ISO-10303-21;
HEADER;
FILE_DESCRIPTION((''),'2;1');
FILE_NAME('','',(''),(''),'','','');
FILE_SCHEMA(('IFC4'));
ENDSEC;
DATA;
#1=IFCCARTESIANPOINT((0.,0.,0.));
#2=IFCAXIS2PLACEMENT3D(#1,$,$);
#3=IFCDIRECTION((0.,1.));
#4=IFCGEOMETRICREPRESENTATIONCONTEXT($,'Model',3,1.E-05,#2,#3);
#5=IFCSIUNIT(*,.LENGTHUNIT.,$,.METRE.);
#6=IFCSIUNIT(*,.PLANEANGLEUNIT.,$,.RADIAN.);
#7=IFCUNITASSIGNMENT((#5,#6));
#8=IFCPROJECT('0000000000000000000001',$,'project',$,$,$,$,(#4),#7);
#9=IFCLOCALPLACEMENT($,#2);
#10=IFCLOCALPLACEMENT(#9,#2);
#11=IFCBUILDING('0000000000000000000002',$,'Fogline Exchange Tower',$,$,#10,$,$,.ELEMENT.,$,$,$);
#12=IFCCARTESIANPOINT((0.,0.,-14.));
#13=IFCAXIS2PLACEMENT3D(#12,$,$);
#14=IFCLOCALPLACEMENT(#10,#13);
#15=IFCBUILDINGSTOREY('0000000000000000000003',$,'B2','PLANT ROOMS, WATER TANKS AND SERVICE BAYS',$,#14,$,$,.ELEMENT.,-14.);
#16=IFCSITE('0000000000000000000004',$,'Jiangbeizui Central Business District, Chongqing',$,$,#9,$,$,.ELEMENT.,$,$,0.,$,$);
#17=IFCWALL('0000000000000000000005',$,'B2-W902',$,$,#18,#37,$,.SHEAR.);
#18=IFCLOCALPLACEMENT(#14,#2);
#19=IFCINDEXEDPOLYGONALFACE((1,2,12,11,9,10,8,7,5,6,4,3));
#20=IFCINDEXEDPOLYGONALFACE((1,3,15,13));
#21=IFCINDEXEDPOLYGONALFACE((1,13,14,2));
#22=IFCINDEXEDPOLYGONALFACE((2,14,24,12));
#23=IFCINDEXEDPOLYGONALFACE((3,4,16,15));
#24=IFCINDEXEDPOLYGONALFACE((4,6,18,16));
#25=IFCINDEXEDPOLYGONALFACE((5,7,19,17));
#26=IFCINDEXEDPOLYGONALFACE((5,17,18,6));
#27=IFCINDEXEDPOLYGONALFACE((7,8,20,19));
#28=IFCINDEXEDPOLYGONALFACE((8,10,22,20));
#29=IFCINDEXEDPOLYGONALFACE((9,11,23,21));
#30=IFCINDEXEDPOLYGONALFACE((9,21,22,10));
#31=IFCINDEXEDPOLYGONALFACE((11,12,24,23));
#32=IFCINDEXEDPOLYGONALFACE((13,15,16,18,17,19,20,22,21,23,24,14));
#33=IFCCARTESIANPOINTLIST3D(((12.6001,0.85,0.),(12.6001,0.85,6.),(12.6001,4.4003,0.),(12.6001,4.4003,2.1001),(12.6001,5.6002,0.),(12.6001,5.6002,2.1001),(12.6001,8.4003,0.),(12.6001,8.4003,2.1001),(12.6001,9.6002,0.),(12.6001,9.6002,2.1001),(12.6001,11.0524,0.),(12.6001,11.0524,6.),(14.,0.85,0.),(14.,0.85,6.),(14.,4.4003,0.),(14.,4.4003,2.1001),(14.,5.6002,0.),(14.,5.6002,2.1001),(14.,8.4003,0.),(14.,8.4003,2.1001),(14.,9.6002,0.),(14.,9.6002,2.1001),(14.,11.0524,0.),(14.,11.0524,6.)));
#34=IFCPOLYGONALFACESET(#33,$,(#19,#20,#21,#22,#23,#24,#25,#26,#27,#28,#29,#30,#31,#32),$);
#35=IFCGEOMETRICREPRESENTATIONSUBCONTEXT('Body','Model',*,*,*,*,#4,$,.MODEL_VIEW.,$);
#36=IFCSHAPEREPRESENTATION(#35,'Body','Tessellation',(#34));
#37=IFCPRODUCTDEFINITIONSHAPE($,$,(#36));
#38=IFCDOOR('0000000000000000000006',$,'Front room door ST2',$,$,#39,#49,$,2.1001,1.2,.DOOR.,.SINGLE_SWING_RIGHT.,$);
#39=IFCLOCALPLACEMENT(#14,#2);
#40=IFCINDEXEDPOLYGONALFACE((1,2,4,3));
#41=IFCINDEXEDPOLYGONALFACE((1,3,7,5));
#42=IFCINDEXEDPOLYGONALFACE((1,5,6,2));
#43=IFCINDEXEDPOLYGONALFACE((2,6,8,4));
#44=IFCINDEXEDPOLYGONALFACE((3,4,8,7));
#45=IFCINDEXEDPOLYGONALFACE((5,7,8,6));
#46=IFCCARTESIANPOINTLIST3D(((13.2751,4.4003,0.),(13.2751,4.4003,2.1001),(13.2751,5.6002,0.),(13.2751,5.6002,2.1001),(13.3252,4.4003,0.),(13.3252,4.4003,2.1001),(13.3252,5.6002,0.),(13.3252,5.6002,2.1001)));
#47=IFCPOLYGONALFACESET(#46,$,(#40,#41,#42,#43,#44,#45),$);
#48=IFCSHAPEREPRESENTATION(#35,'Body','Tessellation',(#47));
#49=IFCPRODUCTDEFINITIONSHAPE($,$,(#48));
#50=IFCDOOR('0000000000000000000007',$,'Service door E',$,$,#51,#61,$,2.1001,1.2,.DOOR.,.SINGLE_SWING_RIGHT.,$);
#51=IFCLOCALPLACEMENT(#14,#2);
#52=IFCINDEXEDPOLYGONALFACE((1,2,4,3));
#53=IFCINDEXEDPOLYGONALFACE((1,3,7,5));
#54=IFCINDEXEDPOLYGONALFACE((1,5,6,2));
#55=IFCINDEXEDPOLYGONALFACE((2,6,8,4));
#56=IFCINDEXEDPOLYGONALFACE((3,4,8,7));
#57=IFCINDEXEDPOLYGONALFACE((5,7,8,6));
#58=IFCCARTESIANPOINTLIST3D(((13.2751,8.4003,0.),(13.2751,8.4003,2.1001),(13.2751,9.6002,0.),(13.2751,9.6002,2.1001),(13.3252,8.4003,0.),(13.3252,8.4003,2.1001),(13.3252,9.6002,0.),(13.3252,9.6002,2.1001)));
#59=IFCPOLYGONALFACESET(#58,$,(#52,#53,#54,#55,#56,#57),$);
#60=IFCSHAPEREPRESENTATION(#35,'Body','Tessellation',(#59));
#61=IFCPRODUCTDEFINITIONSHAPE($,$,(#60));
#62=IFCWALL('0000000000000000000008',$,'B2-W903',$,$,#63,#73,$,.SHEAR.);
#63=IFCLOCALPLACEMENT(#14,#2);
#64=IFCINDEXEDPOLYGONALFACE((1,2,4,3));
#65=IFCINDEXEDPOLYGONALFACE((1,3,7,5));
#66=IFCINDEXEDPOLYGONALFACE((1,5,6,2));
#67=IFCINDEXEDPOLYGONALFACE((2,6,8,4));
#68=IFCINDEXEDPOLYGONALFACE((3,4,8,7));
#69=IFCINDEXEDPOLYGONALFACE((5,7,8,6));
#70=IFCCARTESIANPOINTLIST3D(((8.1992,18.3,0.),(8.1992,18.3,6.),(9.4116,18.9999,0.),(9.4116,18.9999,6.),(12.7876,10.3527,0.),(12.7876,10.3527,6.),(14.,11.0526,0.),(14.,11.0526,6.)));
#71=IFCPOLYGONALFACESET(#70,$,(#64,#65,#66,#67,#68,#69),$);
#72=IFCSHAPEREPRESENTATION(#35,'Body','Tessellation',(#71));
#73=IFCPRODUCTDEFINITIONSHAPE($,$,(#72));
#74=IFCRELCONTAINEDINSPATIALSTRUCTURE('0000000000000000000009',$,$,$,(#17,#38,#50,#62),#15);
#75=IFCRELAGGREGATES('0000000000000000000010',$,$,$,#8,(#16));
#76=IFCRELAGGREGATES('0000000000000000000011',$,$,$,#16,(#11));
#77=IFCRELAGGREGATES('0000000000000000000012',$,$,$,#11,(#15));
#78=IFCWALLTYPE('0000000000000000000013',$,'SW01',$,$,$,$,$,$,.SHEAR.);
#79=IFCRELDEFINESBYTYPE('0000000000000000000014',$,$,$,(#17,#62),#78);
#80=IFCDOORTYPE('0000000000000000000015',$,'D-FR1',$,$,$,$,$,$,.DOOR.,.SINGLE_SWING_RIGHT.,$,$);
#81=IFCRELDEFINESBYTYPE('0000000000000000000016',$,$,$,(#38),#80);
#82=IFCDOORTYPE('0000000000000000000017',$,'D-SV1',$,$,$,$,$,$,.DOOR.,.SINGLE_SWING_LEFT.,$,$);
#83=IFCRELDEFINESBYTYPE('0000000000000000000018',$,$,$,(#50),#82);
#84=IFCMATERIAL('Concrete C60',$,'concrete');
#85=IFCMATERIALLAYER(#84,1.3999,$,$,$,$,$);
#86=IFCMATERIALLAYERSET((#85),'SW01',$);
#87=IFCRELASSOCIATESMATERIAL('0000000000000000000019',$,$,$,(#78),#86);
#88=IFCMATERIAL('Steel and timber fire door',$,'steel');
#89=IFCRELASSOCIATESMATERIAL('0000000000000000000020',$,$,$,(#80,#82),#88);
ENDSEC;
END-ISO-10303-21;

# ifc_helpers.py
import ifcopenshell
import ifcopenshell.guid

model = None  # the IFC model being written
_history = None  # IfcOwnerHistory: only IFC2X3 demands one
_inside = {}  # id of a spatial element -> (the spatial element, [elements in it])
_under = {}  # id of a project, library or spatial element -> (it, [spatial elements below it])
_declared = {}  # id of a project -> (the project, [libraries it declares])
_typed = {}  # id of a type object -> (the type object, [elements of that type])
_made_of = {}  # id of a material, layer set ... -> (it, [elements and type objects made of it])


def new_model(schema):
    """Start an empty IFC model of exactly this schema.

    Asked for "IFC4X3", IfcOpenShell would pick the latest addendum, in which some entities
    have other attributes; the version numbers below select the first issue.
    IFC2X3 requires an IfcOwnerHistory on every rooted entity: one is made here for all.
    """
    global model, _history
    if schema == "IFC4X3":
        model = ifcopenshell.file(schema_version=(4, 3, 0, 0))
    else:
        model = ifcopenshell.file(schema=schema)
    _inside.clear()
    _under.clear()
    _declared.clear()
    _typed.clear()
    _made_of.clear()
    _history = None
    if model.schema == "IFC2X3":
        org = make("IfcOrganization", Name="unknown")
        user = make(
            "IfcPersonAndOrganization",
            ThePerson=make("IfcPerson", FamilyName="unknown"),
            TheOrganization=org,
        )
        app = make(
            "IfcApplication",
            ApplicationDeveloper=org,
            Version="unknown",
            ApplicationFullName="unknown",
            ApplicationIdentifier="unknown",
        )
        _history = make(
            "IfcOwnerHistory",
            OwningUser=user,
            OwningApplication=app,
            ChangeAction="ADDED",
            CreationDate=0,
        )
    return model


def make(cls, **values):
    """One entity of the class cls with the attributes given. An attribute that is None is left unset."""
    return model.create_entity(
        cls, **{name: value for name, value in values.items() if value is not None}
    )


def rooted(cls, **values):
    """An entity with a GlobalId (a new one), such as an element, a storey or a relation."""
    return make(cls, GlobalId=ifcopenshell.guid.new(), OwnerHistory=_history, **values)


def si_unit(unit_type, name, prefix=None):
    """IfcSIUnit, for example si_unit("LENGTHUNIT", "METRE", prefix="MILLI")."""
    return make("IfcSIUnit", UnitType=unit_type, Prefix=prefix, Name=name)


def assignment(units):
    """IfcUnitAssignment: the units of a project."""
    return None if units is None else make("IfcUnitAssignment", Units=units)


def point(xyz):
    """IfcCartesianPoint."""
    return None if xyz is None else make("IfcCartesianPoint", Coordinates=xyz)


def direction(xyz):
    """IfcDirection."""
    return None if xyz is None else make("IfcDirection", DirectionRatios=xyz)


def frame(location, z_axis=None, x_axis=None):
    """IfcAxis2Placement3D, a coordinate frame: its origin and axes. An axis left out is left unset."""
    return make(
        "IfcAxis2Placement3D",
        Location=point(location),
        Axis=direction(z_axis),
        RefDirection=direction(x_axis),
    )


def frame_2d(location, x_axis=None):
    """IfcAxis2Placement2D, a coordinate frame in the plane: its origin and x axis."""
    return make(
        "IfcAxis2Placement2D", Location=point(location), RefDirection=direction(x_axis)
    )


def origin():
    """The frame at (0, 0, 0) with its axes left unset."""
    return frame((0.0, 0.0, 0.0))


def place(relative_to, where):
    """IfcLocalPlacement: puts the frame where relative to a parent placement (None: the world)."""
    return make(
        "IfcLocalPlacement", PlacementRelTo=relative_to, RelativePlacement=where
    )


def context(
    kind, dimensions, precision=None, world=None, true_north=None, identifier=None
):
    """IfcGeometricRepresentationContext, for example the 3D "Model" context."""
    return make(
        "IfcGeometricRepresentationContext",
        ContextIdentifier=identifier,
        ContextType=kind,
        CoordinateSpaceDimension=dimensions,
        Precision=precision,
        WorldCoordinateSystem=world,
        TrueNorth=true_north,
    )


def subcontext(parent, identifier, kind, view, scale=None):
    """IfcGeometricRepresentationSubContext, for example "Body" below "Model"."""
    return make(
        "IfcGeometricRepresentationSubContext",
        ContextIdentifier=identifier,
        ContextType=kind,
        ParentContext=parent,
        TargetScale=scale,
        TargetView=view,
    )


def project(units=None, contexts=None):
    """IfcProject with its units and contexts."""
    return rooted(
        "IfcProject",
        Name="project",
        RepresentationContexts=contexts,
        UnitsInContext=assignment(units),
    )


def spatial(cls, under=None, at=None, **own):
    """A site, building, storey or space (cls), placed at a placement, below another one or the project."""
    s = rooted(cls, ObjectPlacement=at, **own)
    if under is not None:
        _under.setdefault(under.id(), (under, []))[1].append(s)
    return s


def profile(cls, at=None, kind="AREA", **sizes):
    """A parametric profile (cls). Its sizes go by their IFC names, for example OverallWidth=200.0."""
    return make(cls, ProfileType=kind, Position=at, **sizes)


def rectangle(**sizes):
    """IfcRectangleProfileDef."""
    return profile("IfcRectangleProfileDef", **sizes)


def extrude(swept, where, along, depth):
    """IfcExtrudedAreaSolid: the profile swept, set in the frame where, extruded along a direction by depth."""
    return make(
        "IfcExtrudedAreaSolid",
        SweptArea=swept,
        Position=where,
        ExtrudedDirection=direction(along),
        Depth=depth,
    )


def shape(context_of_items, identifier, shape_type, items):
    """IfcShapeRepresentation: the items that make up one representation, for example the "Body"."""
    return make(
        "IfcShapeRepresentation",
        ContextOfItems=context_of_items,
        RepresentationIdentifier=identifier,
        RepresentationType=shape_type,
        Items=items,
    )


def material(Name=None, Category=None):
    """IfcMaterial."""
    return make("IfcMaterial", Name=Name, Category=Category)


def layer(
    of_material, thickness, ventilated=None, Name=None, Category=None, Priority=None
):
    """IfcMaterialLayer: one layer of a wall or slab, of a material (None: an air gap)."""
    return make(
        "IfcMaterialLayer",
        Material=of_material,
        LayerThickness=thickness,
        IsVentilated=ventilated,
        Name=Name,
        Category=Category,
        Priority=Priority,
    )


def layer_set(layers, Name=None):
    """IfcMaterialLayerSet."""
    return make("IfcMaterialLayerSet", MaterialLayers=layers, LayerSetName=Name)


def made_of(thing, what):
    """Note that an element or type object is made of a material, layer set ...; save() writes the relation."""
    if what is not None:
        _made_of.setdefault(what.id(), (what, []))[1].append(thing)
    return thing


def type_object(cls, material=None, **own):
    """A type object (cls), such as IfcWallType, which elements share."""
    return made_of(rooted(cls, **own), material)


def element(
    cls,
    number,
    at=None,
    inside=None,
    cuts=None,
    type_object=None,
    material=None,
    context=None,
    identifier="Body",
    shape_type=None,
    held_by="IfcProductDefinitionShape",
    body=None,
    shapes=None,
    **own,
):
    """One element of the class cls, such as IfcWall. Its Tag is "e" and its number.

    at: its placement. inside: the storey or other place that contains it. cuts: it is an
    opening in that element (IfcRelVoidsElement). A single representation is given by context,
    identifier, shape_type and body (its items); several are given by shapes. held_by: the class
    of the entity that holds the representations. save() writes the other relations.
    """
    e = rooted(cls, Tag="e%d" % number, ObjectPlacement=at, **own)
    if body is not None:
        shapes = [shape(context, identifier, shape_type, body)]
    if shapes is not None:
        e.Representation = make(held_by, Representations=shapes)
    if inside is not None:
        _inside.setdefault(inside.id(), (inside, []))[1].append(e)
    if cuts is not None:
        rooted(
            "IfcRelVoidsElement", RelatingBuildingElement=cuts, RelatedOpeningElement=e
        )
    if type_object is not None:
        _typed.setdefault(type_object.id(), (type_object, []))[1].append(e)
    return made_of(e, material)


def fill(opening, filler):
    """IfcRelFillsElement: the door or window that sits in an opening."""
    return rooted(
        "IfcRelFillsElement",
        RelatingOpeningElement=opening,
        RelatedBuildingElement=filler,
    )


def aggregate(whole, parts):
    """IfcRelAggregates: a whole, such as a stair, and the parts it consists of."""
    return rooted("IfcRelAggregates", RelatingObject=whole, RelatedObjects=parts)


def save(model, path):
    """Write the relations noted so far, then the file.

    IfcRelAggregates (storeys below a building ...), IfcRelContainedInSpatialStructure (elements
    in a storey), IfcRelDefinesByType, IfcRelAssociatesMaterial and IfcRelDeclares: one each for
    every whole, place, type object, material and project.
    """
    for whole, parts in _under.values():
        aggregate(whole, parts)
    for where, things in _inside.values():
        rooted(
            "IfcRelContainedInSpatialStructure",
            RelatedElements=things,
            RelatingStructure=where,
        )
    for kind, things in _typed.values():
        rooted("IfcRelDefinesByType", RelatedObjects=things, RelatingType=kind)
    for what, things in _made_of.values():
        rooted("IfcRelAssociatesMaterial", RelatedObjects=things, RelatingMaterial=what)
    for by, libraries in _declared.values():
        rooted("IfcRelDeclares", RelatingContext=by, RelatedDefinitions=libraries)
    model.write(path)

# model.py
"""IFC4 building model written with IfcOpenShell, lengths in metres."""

from ifc_helpers import new_model, si_unit, direction, frame, frame_2d, origin, place, context, subcontext, project, spatial, rectangle, extrude, material, layer, layer_set, type_object, element, fill, save


model = new_model("IFC4")

# Units and contexts
model_context = context("Model", 3, precision=1e-05, world=origin(), true_north=direction((0.0, 1.0)))
body_context = subcontext(model_context, "Body", "Model", "MODEL_VIEW")
ifc_project = project(units=[si_unit("LENGTHUNIT", "METRE"), si_unit("PLANEANGLEUNIT", "RADIAN")], contexts=[model_context])

# Site, building, storey
site_placement = place(None, origin())
site = spatial("IfcSite", under=ifc_project, at=site_placement, Name="Jiangbeizui Central Business District, Chongqing", CompositionType="ELEMENT", RefElevation=0.0)
building_placement = place(site_placement, origin())
building = spatial("IfcBuilding", under=site, at=building_placement, Name="Fogline Exchange Tower", CompositionType="ELEMENT")
storey_placement = place(building_placement, frame((0.0, 0.0, -14.0)))
storey = spatial("IfcBuildingStorey", under=building, at=storey_placement, Name="B2", Description="PLANT ROOMS, WATER TANKS AND SERVICE BAYS", CompositionType="ELEMENT", Elevation=-14.0)

# Shared definitions
ifc_material_1 = material(Name="Steel and timber fire door", Category="steel")

# Wall, openings, doors
ifc_material_2 = material(Name="Concrete C60", Category="concrete")
ifc_layer_1 = layer(ifc_material_2, 1.3999)
ifc_layer_set_1 = layer_set([ifc_layer_1], Name="SW01")
wall_type_1 = type_object("IfcWallType", Name="SW01", PredefinedType="SHEAR", material=ifc_layer_set_1)
wall_1_placement = place(storey_placement, frame((13.3, 0.8501, 0.0), z_axis=(0.0, 0.0, 1.0), x_axis=(0.0, 1.0, 0.0)))
wall_1 = element("IfcWall", 1, at=wall_1_placement, inside=storey, type_object=wall_type_1, Name="B2-W902", PredefinedType="SHEAR", context=body_context, shape_type="SweptSolid", body=[
    extrude(rectangle(XDim=10.2024, YDim=1.3999, at=frame_2d((5.1011, 0.0))), origin(), (0.0, 0.0, 1.0), 6.0),
])
opening_1_placement = place(wall_1_placement, frame((3.55, 0.0, 0.0)))
opening_1 = element("IfcOpeningElement", 2, at=opening_1_placement, cuts=wall_1, PredefinedType="OPENING", context=body_context, shape_type="SweptSolid", body=[
    extrude(rectangle(XDim=1.2, YDim=2.1001, at=frame_2d((0.6001, 1.05))), frame((0.0, 0.71, 0.0), z_axis=(0.0, -1.0, 0.0), x_axis=(1.0, 0.0, 0.0)), (0.0, 0.0, 1.0), 1.4199),
])
opening_2_placement = place(wall_1_placement, frame((7.55, 0.0, 0.0)))
opening_2 = element("IfcOpeningElement", 3, at=opening_2_placement, cuts=wall_1, PredefinedType="OPENING", context=body_context, shape_type="SweptSolid", body=[
    extrude(rectangle(XDim=1.2, YDim=2.1001, at=frame_2d((0.6001, 1.05))), frame((0.0, 0.71, 0.0), z_axis=(0.0, -1.0, 0.0), x_axis=(1.0, 0.0, 0.0)), (0.0, 0.0, 1.0), 1.4199),
])
door_type_1 = type_object("IfcDoorType", Name="D-FR1", OperationType="SINGLE_SWING_RIGHT", PredefinedType="DOOR", material=ifc_material_1)
door_1_placement = place(opening_1_placement, origin())
door_1 = element("IfcDoor", 4, at=door_1_placement, inside=storey, type_object=door_type_1, Name="Front room door ST2", OperationType="SINGLE_SWING_RIGHT", OverallHeight=2.1001, OverallWidth=1.2, PredefinedType="DOOR", context=body_context, shape_type="SweptSolid", body=[
    extrude(rectangle(XDim=1.2, YDim=2.1001, at=frame_2d((0.6001, 1.05))), frame((0.0, 0.0249, 0.0), z_axis=(0.0, -1.0, 0.0), x_axis=(1.0, 0.0, 0.0)), (0.0, 0.0, 1.0), 0.05),
])
fill(opening_1, door_1)
door_type_2 = type_object("IfcDoorType", Name="D-SV1", OperationType="SINGLE_SWING_LEFT", PredefinedType="DOOR", material=ifc_material_1)
door_2_placement = place(opening_2_placement, origin())
door_2 = element("IfcDoor", 5, at=door_2_placement, inside=storey, type_object=door_type_2, Name="Service door E", OperationType="SINGLE_SWING_RIGHT", OverallHeight=2.1001, OverallWidth=1.2, PredefinedType="DOOR", context=body_context, shape_type="SweptSolid", body=[
    extrude(rectangle(XDim=1.2, YDim=2.1001, at=frame_2d((0.6001, 1.05))), frame((0.0, 0.0249, 0.0), z_axis=(0.0, -1.0, 0.0), x_axis=(1.0, 0.0, 0.0)), (0.0, 0.0, 1.0), 0.05),
])
fill(opening_2, door_2)

# Wall
wall_2_placement = place(storey_placement, frame((13.3938, 10.7026, 0.0), z_axis=(0.0, 0.0, 1.0), x_axis=(-0.500002, 0.866024, 0.0)))
element("IfcWall", 6, at=wall_2_placement, inside=storey, type_object=wall_type_1, Name="B2-W903", PredefinedType="SHEAR", context=body_context, shape_type="SweptSolid", body=[
    extrude(rectangle(XDim=9.1768, YDim=1.3999, at=frame_2d((4.5884, 0.0))), origin(), (0.0, 0.0, 1.0), 6.0),
])

save(model, "model.ifc")
